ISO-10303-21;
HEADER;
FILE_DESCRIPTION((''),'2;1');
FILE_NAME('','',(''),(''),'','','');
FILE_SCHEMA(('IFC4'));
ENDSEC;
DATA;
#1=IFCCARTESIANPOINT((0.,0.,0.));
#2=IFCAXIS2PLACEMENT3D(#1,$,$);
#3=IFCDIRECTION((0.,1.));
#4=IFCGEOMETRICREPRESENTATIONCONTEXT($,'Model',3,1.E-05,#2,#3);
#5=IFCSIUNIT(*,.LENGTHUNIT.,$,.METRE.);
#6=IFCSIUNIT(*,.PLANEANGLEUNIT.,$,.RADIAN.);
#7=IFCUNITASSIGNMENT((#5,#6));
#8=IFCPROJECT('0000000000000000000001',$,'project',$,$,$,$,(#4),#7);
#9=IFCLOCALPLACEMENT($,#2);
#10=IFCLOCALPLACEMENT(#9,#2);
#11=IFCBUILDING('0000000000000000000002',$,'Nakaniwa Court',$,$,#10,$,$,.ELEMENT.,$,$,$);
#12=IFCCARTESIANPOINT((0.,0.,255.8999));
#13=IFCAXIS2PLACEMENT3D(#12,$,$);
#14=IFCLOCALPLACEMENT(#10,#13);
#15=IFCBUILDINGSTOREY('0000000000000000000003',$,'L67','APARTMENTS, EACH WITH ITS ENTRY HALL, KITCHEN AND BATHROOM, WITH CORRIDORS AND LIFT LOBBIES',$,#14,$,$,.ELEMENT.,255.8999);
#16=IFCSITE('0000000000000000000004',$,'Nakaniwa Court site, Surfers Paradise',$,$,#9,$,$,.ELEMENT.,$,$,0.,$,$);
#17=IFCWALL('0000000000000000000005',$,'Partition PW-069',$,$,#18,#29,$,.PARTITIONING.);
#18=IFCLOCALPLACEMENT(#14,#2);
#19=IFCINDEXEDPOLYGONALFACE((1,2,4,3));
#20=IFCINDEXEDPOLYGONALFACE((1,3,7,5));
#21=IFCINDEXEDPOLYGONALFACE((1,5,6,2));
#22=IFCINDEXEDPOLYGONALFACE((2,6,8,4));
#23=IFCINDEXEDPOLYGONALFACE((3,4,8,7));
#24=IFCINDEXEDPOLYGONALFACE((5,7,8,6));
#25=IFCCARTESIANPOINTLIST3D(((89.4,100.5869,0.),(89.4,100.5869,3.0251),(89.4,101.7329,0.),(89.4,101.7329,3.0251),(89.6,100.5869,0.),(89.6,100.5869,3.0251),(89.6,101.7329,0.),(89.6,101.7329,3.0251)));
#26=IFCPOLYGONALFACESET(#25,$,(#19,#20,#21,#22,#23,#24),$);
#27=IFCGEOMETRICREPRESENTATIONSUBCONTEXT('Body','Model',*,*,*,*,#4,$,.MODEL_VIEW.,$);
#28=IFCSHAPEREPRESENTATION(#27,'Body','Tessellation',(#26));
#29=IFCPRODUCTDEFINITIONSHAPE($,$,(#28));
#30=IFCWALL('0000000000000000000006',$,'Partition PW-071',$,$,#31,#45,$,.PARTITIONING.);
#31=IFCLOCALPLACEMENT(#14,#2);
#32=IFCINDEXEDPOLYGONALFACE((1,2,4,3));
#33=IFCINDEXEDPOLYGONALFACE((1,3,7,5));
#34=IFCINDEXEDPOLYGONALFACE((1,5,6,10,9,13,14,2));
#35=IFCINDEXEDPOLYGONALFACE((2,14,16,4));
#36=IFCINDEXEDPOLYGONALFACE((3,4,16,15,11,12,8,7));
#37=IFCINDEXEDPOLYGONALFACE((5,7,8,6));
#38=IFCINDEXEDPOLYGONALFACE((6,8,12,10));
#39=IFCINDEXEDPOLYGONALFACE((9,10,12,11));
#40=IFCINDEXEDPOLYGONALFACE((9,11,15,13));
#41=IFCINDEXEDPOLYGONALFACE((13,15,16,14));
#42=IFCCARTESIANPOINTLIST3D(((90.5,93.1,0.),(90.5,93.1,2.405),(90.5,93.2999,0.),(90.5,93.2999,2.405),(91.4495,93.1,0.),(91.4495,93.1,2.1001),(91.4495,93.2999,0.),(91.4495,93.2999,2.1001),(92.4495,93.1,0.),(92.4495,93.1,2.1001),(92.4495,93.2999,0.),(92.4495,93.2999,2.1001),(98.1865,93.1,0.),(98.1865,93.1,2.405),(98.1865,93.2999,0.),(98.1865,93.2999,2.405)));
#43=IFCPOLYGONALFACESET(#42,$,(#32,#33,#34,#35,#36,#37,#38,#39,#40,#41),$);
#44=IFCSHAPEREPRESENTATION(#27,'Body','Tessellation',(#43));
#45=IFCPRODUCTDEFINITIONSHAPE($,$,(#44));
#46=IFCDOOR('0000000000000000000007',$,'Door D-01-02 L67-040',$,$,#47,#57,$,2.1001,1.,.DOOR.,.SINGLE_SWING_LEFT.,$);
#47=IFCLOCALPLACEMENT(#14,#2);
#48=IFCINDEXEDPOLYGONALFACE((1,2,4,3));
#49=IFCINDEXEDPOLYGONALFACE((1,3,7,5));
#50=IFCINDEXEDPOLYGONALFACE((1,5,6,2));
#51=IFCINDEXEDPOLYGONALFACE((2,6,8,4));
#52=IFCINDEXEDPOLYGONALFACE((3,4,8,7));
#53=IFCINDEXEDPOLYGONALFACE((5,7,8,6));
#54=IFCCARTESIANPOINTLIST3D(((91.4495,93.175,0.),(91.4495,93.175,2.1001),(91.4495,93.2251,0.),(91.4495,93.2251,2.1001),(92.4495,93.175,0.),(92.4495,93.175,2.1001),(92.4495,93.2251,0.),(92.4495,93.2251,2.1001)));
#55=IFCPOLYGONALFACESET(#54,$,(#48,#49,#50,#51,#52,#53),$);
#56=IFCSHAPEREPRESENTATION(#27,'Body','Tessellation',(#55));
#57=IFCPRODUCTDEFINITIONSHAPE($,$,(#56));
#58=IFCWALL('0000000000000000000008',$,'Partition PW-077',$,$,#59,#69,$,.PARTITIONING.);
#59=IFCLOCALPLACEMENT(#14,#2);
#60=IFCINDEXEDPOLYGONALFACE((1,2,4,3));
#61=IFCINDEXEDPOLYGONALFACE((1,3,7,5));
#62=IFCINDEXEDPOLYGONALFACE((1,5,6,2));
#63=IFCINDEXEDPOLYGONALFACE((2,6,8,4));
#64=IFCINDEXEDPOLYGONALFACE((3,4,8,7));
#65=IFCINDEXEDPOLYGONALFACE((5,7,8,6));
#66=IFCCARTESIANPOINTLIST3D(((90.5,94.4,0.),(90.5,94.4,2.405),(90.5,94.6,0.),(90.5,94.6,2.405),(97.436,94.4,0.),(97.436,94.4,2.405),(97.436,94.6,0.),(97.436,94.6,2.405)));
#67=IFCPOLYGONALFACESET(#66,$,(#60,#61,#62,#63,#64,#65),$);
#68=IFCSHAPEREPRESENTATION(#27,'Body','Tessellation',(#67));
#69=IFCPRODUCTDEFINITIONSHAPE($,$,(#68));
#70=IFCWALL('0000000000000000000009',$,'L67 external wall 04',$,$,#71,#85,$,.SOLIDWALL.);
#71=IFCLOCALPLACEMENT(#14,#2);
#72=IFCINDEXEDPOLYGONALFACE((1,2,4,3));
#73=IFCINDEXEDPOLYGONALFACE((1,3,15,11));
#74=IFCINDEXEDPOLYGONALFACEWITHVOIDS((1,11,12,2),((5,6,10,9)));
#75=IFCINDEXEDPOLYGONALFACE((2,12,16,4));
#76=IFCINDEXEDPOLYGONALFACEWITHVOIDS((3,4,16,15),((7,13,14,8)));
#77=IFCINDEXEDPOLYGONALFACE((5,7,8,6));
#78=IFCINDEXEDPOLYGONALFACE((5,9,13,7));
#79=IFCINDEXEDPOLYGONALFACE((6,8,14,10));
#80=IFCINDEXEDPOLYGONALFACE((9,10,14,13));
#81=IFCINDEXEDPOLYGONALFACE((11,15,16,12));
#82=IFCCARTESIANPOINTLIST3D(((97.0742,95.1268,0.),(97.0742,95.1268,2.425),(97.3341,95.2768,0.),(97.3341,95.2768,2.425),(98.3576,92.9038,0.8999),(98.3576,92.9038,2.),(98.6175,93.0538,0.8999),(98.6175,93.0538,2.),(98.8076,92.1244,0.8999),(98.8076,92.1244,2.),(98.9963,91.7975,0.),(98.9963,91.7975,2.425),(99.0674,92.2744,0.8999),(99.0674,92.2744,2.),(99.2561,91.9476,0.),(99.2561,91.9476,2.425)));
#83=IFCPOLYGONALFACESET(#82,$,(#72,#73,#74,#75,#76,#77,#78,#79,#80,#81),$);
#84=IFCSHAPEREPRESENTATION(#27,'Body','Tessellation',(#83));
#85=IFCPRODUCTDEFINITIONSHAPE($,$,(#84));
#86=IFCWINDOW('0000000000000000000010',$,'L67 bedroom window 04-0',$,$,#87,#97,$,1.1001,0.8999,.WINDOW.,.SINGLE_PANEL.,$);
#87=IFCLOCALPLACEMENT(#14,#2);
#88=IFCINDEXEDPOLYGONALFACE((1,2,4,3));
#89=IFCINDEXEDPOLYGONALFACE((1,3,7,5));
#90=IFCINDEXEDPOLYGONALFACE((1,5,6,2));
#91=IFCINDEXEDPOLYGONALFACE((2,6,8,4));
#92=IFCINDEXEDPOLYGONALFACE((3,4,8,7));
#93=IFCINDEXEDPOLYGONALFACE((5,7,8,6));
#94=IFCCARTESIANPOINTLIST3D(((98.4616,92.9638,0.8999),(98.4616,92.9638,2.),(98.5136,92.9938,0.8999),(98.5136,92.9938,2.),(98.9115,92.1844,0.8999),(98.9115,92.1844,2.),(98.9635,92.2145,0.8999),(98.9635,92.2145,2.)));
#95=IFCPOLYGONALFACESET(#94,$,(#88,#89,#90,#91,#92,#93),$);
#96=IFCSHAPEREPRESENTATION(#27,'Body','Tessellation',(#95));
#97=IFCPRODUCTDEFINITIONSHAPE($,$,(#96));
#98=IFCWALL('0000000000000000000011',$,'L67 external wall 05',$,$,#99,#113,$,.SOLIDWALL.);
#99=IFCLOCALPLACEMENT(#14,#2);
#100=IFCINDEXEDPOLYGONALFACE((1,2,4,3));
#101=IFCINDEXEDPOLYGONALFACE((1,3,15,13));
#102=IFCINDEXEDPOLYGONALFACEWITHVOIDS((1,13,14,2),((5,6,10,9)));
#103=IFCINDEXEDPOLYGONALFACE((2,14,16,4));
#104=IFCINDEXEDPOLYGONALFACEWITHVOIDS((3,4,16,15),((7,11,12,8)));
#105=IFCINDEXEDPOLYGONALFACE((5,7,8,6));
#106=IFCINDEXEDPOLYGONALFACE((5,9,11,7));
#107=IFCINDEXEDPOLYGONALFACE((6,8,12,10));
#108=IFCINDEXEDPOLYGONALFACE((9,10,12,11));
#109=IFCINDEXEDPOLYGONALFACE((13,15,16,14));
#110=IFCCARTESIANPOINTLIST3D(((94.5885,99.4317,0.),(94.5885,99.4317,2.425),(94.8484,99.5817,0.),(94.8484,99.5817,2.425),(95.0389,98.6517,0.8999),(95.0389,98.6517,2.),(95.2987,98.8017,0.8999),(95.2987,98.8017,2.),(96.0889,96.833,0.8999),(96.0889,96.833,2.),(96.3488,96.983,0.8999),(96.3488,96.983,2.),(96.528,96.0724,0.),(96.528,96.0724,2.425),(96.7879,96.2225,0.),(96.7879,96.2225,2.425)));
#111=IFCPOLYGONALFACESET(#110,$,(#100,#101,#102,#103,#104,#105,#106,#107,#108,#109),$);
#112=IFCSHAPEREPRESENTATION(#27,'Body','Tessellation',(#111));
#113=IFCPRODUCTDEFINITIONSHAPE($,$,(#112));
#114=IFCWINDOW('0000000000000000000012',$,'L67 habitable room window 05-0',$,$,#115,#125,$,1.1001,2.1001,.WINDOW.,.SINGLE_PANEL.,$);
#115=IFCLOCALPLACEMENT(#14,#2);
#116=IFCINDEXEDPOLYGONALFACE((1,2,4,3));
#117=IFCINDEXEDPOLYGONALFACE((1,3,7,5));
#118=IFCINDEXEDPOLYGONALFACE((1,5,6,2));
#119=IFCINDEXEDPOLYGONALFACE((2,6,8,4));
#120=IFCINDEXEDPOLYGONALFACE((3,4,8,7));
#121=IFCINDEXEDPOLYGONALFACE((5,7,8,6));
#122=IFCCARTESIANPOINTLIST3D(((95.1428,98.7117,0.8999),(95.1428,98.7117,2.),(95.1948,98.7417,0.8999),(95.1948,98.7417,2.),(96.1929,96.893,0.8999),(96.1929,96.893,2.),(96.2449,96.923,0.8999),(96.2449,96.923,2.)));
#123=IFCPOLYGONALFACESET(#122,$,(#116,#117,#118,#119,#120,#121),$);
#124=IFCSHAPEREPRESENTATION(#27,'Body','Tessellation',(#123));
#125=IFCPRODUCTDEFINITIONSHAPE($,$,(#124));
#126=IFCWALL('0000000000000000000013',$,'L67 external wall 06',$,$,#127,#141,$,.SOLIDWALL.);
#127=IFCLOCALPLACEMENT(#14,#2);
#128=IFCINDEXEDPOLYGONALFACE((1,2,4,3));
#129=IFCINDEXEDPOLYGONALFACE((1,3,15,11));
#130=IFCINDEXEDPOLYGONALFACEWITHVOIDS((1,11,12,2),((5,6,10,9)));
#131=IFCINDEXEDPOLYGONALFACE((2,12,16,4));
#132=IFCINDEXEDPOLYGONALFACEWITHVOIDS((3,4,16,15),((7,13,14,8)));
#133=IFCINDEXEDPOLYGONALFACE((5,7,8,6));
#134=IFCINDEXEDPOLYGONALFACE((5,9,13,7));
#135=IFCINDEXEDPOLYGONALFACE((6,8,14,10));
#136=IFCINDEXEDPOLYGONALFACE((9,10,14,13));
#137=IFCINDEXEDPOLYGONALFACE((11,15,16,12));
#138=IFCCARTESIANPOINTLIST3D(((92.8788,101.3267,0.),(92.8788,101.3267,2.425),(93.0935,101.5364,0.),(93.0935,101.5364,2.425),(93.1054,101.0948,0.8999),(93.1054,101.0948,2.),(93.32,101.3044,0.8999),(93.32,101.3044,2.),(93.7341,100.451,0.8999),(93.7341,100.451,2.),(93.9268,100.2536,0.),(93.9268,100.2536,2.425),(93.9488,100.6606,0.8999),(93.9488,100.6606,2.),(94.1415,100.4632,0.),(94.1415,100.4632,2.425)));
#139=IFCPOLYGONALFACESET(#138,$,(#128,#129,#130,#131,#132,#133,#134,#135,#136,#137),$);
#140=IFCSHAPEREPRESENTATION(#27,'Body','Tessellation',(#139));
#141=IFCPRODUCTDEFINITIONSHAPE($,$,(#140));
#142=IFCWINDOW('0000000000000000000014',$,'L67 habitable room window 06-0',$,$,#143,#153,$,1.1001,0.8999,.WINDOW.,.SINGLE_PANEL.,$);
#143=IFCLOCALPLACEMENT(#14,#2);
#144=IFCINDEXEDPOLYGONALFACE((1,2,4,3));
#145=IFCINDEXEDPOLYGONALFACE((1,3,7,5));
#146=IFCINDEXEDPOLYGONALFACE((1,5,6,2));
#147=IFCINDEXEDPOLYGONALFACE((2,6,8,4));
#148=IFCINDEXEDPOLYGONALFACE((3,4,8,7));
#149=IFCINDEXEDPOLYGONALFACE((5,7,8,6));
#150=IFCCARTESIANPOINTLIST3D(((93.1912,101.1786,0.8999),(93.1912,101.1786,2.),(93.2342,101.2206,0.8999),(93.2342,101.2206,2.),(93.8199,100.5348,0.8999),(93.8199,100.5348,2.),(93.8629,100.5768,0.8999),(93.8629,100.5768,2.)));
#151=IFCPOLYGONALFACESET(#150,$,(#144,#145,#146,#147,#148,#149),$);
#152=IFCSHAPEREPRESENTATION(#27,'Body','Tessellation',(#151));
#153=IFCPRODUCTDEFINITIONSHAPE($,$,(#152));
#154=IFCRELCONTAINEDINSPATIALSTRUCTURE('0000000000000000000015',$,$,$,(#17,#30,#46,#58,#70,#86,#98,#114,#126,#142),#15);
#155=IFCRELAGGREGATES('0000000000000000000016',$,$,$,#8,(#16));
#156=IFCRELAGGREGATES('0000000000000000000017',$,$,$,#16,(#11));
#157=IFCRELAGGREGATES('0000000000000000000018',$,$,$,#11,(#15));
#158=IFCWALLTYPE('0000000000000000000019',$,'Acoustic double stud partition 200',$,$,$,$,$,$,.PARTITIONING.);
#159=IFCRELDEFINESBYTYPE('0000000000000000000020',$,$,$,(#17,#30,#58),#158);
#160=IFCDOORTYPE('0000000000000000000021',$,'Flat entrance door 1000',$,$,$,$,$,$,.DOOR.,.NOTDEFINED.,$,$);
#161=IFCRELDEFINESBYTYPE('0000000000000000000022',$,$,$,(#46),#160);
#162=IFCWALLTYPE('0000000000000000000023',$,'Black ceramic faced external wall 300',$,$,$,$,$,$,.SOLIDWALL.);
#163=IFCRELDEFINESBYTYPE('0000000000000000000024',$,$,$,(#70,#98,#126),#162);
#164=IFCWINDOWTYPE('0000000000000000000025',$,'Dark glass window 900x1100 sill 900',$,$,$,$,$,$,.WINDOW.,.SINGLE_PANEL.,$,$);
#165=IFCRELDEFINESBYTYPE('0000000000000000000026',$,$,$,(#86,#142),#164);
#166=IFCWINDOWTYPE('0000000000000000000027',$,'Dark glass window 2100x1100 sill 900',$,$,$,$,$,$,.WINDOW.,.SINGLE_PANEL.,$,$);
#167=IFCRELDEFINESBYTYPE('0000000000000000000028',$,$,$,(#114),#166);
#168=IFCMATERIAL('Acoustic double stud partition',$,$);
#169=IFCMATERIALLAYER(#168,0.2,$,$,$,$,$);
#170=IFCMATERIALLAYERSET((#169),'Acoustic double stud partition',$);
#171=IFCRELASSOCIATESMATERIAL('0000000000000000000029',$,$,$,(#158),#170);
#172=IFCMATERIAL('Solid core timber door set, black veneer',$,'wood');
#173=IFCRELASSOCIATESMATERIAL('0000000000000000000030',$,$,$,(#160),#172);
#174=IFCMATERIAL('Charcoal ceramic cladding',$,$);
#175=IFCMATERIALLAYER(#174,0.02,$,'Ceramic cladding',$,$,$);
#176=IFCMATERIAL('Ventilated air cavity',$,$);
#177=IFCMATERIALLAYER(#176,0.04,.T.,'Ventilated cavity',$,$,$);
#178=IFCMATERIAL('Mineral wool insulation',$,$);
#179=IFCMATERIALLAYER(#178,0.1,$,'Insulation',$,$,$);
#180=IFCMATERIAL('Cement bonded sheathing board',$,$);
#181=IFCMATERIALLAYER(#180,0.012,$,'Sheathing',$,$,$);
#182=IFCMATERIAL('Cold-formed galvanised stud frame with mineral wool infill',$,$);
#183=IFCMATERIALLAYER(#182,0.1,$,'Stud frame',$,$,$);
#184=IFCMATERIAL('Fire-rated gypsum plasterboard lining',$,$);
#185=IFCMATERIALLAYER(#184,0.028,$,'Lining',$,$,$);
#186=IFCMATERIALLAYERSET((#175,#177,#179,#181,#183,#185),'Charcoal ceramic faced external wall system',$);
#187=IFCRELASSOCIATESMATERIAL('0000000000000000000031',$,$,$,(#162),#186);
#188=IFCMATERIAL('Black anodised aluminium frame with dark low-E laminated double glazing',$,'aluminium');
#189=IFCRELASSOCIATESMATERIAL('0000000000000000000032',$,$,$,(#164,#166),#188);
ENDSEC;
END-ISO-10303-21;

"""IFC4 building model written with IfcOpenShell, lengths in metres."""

from ifc_helpers import new_model, si_unit, direction, frame, frame_2d, origin, place, context, subcontext, project, spatial, rectangle, extrude, material, layer, layer_set, type_object, element, fill, save


model = new_model("IFC4")

# Units and contexts
model_context = context("Model", 3, precision=1e-05, world=origin(), true_north=direction((0.0, 1.0)))
body_context = subcontext(model_context, "Body", "Model", "MODEL_VIEW")
ifc_project = project(units=[si_unit("LENGTHUNIT", "METRE"), si_unit("PLANEANGLEUNIT", "RADIAN")], contexts=[model_context])

# Site, building, storey
site_placement = place(None, origin())
site = spatial("IfcSite", under=ifc_project, at=site_placement, Name="Nakaniwa Court site, Surfers Paradise", CompositionType="ELEMENT", RefElevation=0.0)
building_placement = place(site_placement, origin())
building = spatial("IfcBuilding", under=site, at=building_placement, Name="Nakaniwa Court", CompositionType="ELEMENT")
storey_placement = place(building_placement, frame((0.0, 0.0, 255.8999)))
storey = spatial("IfcBuildingStorey", under=building, at=storey_placement, Name="L67", Description="APARTMENTS, EACH WITH ITS ENTRY HALL, KITCHEN AND BATHROOM, WITH CORRIDORS AND LIFT LOBBIES", CompositionType="ELEMENT", Elevation=255.8999)

# Shared definitions
ifc_material_1 = material(Name="Acoustic double stud partition")
ifc_layer_1 = layer(ifc_material_1, 0.2)
ifc_layer_set_1 = layer_set([ifc_layer_1], Name="Acoustic double stud partition")
wall_type_1 = type_object("IfcWallType", Name="Acoustic double stud partition 200", PredefinedType="PARTITIONING", material=ifc_layer_set_1)
ifc_material_2 = material(Name="Solid core timber door set, black veneer", Category="wood")

# Wall
wall_1_placement = place(storey_placement, frame((89.5, 100.5869, 0.0), z_axis=(0.0, 0.0, 1.0), x_axis=(0.0, 1.0, 0.0)))
element("IfcWall", 1, at=wall_1_placement, inside=storey, type_object=wall_type_1, Name="Partition PW-069", PredefinedType="PARTITIONING", context=body_context, shape_type="SweptSolid", body=[
    extrude(rectangle(XDim=1.146, YDim=0.2, at=frame_2d((0.573, 0.0))), origin(), (0.0, 0.0, 1.0), 3.0251),
])

# Wall, opening, door
wall_2_placement = place(storey_placement, frame((98.1865, 93.2, 0.0), z_axis=(0.0, 0.0, 1.0), x_axis=(-1.0, 0.0, 0.0)))
wall_2 = element("IfcWall", 2, at=wall_2_placement, inside=storey, type_object=wall_type_1, Name="Partition PW-071", PredefinedType="PARTITIONING", context=body_context, shape_type="SweptSolid", body=[
    extrude(rectangle(XDim=7.6865, YDim=0.2, at=frame_2d((3.8433, 0.0))), origin(), (0.0, 0.0, 1.0), 2.405),
])
opening_1_placement = place(wall_2_placement, frame((5.7371, 0.0, 0.0)))
opening_1 = element("IfcOpeningElement", 3, at=opening_1_placement, cuts=wall_2, PredefinedType="OPENING", context=body_context, shape_type="SweptSolid", body=[
    extrude(rectangle(XDim=1.0, YDim=2.1001, at=frame_2d((0.5, 1.05))), frame((0.0, 0.1099, 0.0), z_axis=(0.0, -1.0, 0.0), x_axis=(1.0, 0.0, 0.0)), (0.0, 0.0, 1.0), 0.22),
])
door_type_1 = type_object("IfcDoorType", Name="Flat entrance door 1000", OperationType="NOTDEFINED", PredefinedType="DOOR", material=ifc_material_2)
door_1_placement = place(opening_1_placement, origin())
door_1 = element("IfcDoor", 4, at=door_1_placement, inside=storey, type_object=door_type_1, Name="Door D-01-02 L67-040", OperationType="SINGLE_SWING_LEFT", OverallHeight=2.1001, OverallWidth=1.0, PredefinedType="DOOR", context=body_context, shape_type="SweptSolid", body=[
    extrude(rectangle(XDim=1.0, YDim=2.1001, at=frame_2d((0.5, 1.05))), frame((0.0, 0.0249, 0.0), z_axis=(0.0, -1.0, 0.0), x_axis=(1.0, 0.0, 0.0)), (0.0, 0.0, 1.0), 0.05),
])
fill(opening_1, door_1)

# Wall
wall_3_placement = place(storey_placement, frame((90.5, 94.5, 0.0), z_axis=(0.0, 0.0, 1.0), x_axis=(1.0, 0.0, 0.0)))
element("IfcWall", 5, at=wall_3_placement, inside=storey, type_object=wall_type_1, Name="Partition PW-077", PredefinedType="PARTITIONING", context=body_context, shape_type="SweptSolid", body=[
    extrude(rectangle(XDim=6.936, YDim=0.2, at=frame_2d((3.468, 0.0))), origin(), (0.0, 0.0, 1.0), 2.405),
])

# Walls, openings, windows
ifc_material_3 = material(Name="Charcoal ceramic cladding")
ifc_layer_2 = layer(ifc_material_3, 0.02, Name="Ceramic cladding")
ifc_material_4 = material(Name="Ventilated air cavity")
ifc_layer_3 = layer(ifc_material_4, 0.04, ventilated=True, Name="Ventilated cavity")
ifc_material_5 = material(Name="Mineral wool insulation")
ifc_layer_4 = layer(ifc_material_5, 0.1, Name="Insulation")
ifc_material_6 = material(Name="Cement bonded sheathing board")
ifc_layer_5 = layer(ifc_material_6, 0.012, Name="Sheathing")
ifc_material_7 = material(Name="Cold-formed galvanised stud frame with mineral wool infill")
ifc_layer_6 = layer(ifc_material_7, 0.1, Name="Stud frame")
ifc_material_8 = material(Name="Fire-rated gypsum plasterboard lining")
ifc_layer_7 = layer(ifc_material_8, 0.028, Name="Lining")
ifc_layer_set_2 = layer_set([ifc_layer_2, ifc_layer_3, ifc_layer_4, ifc_layer_5, ifc_layer_6, ifc_layer_7], Name="Charcoal ceramic faced external wall system")
wall_type_2 = type_object("IfcWallType", Name="Black ceramic faced external wall 300", PredefinedType="SOLIDWALL", material=ifc_layer_set_2)
wall_4_placement = place(storey_placement, frame((99.1262, 91.8726, 0.0), z_axis=(0.0, 0.0, 1.0), x_axis=(-0.499984, 0.866034, 0.0)))
wall_4 = element("IfcWall", 6, at=wall_4_placement, inside=storey, type_object=wall_type_2, Name="L67 external wall 04", PredefinedType="SOLIDWALL", context=body_context, shape_type="SweptSolid", body=[
    extrude(rectangle(XDim=3.8442, YDim=0.3, at=frame_2d((1.9221, 0.0))), origin(), (0.0, 0.0, 1.0), 2.425),
])
opening_2_placement = place(wall_4_placement, frame((0.3774, 0.0, 0.8999)))
opening_2 = element("IfcOpeningElement", 7, at=opening_2_placement, cuts=wall_4, PredefinedType="OPENING", context=body_context, shape_type="SweptSolid", body=[
    extrude(rectangle(XDim=0.8999, YDim=1.1001, at=frame_2d((0.45, 0.55))), frame((0.0, 0.1599, 0.0), z_axis=(0.0, -1.0, 0.0), x_axis=(1.0, 0.0, 0.0)), (0.0, 0.0, 1.0), 0.3201),
])
ifc_material_9 = material(Name="Black anodised aluminium frame with dark low-E laminated double glazing", Category="aluminium")
window_type_1 = type_object("IfcWindowType", Name="Dark glass window 900x1100 sill 900", PartitioningType="SINGLE_PANEL", PredefinedType="WINDOW", material=ifc_material_9)
window_1_placement = place(opening_2_placement, origin())
window_1 = element("IfcWindow", 8, at=window_1_placement, inside=storey, type_object=window_type_1, Name="L67 bedroom window 04-0", OverallHeight=1.1001, OverallWidth=0.8999, PartitioningType="SINGLE_PANEL", PredefinedType="WINDOW", context=body_context, shape_type="SweptSolid", body=[
    extrude(rectangle(XDim=0.8999, YDim=1.1001, at=frame_2d((0.45, 0.55))), frame((0.0, 0.03, 0.0), z_axis=(0.0, -1.0, 0.0), x_axis=(1.0, 0.0, 0.0)), (0.0, 0.0, 1.0), 0.0601),
])
fill(opening_2, window_1)
wall_5_placement = place(storey_placement, frame((96.658, 96.1475, 0.0), z_axis=(0.0, 0.0, 1.0), x_axis=(-0.500011, 0.866019, 0.0)))
wall_5 = element("IfcWall", 9, at=wall_5_placement, inside=storey, type_object=wall_type_2, Name="L67 external wall 05", PredefinedType="SOLIDWALL", context=body_context, shape_type="SweptSolid", body=[
    extrude(rectangle(XDim=3.8789, YDim=0.3, at=frame_2d((1.9395, 0.0))), origin(), (0.0, 0.0, 1.0), 2.425),
])
opening_3_placement = place(wall_5_placement, frame((0.8782, 0.0, 0.8999)))
opening_3 = element("IfcOpeningElement", 10, at=opening_3_placement, cuts=wall_5, PredefinedType="OPENING", context=body_context, shape_type="SweptSolid", body=[
    extrude(rectangle(XDim=2.1001, YDim=1.1001, at=frame_2d((1.05, 0.55))), frame((0.0, 0.1599, 0.0), z_axis=(0.0, -1.0, 0.0), x_axis=(1.0, 0.0, 0.0)), (0.0, 0.0, 1.0), 0.3201),
])
window_type_2 = type_object("IfcWindowType", Name="Dark glass window 2100x1100 sill 900", PartitioningType="SINGLE_PANEL", PredefinedType="WINDOW", material=ifc_material_9)
window_2_placement = place(opening_3_placement, origin())
window_2 = element("IfcWindow", 11, at=window_2_placement, inside=storey, type_object=window_type_2, Name="L67 habitable room window 05-0", OverallHeight=1.1001, OverallWidth=2.1001, PartitioningType="SINGLE_PANEL", PredefinedType="WINDOW", context=body_context, shape_type="SweptSolid", body=[
    extrude(rectangle(XDim=2.1001, YDim=1.1001, at=frame_2d((1.05, 0.55))), frame((0.0, 0.03, 0.0), z_axis=(0.0, -1.0, 0.0), x_axis=(1.0, 0.0, 0.0)), (0.0, 0.0, 1.0), 0.0601),
])
fill(opening_3, window_2)
wall_6_placement = place(storey_placement, frame((94.0342, 100.3584, 0.0), z_axis=(0.0, 0.0, 1.0), x_axis=(-0.698676, 0.715439, 0.0)))
wall_6 = element("IfcWall", 12, at=wall_6_placement, inside=storey, type_object=wall_type_2, Name="L67 external wall 06", PredefinedType="SOLIDWALL", context=body_context, shape_type="SweptSolid", body=[
    extrude(rectangle(XDim=1.5, YDim=0.3, at=frame_2d((0.75, 0.0))), origin(), (0.0, 0.0, 1.0), 2.425),
])
opening_4_placement = place(wall_6_placement, frame((0.2759, 0.0, 0.8999)))
opening_4 = element("IfcOpeningElement", 13, at=opening_4_placement, cuts=wall_6, PredefinedType="OPENING", context=body_context, shape_type="SweptSolid", body=[
    extrude(rectangle(XDim=0.8999, YDim=1.1001, at=frame_2d((0.45, 0.55))), frame((0.0, 0.1599, 0.0), z_axis=(0.0, -1.0, 0.0), x_axis=(1.0, 0.0, 0.0)), (0.0, 0.0, 1.0), 0.3201),
])
window_3_placement = place(opening_4_placement, origin())
window_3 = element("IfcWindow", 14, at=window_3_placement, inside=storey, type_object=window_type_1, Name="L67 habitable room window 06-0", OverallHeight=1.1001, OverallWidth=0.8999, PartitioningType="SINGLE_PANEL", PredefinedType="WINDOW", context=body_context, shape_type="SweptSolid", body=[
    extrude(rectangle(XDim=0.8999, YDim=1.1001, at=frame_2d((0.45, 0.55))), frame((0.0, 0.03, 0.0), z_axis=(0.0, -1.0, 0.0), x_axis=(1.0, 0.0, 0.0)), (0.0, 0.0, 1.0), 0.0601),
])
fill(opening_4, window_3)

save(model, "model.ifc")
